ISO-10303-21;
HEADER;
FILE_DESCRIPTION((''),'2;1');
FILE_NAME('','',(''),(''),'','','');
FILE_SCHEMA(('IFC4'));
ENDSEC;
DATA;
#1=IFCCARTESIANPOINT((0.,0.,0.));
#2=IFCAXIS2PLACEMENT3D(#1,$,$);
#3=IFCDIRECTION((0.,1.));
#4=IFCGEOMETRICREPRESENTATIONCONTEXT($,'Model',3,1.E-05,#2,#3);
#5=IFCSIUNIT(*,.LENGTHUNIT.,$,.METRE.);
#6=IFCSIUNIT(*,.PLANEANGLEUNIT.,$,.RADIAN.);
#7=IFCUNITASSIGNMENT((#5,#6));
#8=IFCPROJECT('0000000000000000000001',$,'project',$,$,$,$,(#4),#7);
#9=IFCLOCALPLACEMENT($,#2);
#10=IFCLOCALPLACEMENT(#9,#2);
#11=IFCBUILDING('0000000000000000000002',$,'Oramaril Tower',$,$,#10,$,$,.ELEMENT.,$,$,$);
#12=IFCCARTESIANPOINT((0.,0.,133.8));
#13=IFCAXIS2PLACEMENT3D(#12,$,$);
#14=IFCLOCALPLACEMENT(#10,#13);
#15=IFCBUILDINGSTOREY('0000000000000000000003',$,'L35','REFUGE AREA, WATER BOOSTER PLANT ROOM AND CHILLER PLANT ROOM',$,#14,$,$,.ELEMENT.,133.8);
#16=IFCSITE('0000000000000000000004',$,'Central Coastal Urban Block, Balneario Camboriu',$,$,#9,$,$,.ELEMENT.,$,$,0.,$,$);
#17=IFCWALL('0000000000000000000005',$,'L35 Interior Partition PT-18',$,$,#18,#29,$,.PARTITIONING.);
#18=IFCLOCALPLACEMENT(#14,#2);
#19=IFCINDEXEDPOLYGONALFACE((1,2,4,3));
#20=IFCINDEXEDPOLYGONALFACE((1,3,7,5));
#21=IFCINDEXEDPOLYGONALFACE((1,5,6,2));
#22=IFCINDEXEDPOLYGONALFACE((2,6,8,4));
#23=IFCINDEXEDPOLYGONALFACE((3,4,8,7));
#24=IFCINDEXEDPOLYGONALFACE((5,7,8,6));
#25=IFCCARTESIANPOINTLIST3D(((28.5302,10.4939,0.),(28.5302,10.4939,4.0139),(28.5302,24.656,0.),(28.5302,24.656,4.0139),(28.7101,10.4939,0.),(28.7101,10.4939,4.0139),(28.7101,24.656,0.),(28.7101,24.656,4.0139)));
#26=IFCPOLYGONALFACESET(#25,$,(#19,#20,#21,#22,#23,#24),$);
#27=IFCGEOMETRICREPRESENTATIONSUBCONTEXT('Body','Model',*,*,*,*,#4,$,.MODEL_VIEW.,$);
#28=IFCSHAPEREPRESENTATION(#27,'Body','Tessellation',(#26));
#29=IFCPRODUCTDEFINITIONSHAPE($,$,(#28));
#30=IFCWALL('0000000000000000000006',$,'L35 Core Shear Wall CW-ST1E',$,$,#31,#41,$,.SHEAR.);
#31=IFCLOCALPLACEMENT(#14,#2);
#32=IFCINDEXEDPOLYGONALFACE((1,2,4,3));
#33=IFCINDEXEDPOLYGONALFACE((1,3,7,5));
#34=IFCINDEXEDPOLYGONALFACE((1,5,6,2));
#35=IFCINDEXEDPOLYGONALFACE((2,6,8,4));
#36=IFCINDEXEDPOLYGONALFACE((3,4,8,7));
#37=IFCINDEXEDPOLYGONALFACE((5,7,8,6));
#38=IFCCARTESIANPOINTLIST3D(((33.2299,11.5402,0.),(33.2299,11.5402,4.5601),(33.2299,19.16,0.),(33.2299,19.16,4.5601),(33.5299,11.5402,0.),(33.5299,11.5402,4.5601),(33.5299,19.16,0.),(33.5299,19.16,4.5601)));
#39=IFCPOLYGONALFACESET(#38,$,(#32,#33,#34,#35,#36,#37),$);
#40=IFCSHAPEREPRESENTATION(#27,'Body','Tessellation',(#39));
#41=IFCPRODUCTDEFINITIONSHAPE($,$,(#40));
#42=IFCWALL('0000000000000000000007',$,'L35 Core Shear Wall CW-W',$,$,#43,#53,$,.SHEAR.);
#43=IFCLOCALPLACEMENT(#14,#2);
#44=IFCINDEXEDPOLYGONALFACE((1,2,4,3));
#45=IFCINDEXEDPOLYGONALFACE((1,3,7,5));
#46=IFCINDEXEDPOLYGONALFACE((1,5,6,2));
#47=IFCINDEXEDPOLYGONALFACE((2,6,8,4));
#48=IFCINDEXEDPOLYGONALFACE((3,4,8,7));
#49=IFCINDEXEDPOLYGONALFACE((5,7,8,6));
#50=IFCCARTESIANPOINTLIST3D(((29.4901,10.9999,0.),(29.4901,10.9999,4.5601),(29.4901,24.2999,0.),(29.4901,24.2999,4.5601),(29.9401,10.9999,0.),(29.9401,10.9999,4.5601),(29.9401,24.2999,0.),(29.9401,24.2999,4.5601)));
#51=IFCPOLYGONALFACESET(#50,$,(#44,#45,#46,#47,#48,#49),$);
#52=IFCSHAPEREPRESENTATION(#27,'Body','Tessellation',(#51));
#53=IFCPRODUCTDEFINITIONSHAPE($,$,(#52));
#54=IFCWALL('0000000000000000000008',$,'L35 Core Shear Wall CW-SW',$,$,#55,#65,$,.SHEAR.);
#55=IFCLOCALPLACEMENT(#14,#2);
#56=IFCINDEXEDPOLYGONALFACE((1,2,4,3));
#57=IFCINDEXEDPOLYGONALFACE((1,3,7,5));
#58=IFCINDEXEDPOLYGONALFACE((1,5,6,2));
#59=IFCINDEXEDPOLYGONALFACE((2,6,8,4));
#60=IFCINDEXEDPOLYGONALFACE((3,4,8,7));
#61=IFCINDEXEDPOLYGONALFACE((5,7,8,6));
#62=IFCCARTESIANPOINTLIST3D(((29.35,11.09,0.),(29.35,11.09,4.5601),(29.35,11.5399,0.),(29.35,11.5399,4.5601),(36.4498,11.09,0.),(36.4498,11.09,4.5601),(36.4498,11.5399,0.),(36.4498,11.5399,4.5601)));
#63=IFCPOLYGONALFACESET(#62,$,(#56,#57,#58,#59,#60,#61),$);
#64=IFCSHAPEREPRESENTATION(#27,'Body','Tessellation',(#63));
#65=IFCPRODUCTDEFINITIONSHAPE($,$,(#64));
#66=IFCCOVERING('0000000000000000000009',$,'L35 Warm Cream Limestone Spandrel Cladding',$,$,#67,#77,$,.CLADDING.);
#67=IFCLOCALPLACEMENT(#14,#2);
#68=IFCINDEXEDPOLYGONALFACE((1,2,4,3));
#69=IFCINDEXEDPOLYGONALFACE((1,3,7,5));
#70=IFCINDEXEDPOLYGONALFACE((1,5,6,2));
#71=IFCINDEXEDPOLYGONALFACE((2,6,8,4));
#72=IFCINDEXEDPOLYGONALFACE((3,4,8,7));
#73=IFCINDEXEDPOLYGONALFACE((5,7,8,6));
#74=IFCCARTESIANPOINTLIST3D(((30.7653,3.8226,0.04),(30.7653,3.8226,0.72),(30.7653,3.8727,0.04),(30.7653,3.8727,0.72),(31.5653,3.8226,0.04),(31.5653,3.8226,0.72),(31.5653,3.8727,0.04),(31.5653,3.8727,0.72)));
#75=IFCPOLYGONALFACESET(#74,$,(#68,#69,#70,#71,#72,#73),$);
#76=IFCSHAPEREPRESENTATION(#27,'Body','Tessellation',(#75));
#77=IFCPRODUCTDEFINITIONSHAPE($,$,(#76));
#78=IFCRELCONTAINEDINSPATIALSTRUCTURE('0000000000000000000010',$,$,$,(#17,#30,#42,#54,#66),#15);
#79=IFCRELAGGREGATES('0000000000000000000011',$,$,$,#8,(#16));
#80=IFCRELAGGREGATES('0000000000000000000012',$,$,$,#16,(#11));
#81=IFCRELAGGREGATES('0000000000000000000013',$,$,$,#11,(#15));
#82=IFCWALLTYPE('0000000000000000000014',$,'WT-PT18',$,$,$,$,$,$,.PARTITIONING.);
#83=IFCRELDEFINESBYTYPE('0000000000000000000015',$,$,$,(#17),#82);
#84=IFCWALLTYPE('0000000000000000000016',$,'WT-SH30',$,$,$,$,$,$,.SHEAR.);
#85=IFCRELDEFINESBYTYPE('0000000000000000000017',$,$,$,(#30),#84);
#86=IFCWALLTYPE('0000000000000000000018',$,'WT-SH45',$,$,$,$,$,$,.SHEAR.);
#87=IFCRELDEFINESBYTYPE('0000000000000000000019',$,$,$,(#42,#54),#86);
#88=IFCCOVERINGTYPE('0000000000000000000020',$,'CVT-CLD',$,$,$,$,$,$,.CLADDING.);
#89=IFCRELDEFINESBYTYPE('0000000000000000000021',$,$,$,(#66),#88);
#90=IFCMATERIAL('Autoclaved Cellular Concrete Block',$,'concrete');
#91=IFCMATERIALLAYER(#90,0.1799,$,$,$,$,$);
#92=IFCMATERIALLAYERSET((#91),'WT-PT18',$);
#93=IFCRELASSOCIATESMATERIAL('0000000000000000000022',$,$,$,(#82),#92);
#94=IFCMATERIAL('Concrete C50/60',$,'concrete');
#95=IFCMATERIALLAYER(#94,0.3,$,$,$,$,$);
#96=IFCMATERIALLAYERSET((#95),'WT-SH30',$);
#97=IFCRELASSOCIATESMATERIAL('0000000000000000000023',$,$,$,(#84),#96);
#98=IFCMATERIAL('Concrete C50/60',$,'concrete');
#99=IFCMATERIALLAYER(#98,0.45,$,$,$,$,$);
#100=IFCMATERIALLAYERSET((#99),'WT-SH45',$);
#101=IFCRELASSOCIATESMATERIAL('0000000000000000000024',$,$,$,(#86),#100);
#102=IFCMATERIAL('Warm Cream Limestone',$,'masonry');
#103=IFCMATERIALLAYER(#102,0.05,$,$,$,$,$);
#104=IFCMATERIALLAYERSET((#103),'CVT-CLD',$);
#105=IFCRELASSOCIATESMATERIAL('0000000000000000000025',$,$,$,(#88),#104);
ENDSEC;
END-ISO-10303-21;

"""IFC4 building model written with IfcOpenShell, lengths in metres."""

from ifc_helpers import new_model, si_unit, direction, frame, frame_2d, origin, origin_2d, place, context, subcontext, project, spatial, rectangle, extrude, material, layer, layer_set, type_object, element, save


model = new_model("IFC4")

# Units and contexts
model_context = context("Model", 3, precision=1e-05, world=origin(), true_north=direction((0.0, 1.0)))
body_context = subcontext(model_context, "Body", "Model", "MODEL_VIEW")
ifc_project = project(units=[si_unit("LENGTHUNIT", "METRE"), si_unit("PLANEANGLEUNIT", "RADIAN")], contexts=[model_context])

# Site, building, storey
site_placement = place(None, origin())
site = spatial("IfcSite", under=ifc_project, at=site_placement, Name="Central Coastal Urban Block, Balneario Camboriu", CompositionType="ELEMENT", RefElevation=0.0)
building_placement = place(site_placement, origin())
building = spatial("IfcBuilding", under=site, at=building_placement, Name="Oramaril Tower", CompositionType="ELEMENT")
storey_placement = place(building_placement, frame((0.0, 0.0, 133.8)))
storey = spatial("IfcBuildingStorey", under=building, at=storey_placement, Name="L35", Description="REFUGE AREA, WATER BOOSTER PLANT ROOM AND CHILLER PLANT ROOM", CompositionType="ELEMENT", Elevation=133.8)

# Walls
ifc_material_1 = material(Name="Autoclaved Cellular Concrete Block", Category="concrete")
ifc_layer_1 = layer(ifc_material_1, 0.1799)
ifc_layer_set_1 = layer_set([ifc_layer_1], Name="WT-PT18")
wall_type_1 = type_object("IfcWallType", Name="WT-PT18", PredefinedType="PARTITIONING", material=ifc_layer_set_1)
wall_1_placement = place(storey_placement, frame((28.6201, 10.4939, 0.0), z_axis=(0.0, 0.0, 1.0), x_axis=(0.0, 1.0, 0.0)))
element("IfcWall", 1, at=wall_1_placement, inside=storey, type_object=wall_type_1, Name="L35 Interior Partition PT-18", PredefinedType="PARTITIONING", context=body_context, shape_type="SweptSolid", body=[
    extrude(rectangle(XDim=14.1621, YDim=0.1799, at=frame_2d((7.0811, 0.0))), origin(), (0.0, 0.0, 1.0), 4.0139),
])
ifc_material_2 = material(Name="Concrete C50/60", Category="concrete")
ifc_layer_2 = layer(ifc_material_2, 0.3)
ifc_layer_set_2 = layer_set([ifc_layer_2], Name="WT-SH30")
wall_type_2 = type_object("IfcWallType", Name="WT-SH30", PredefinedType="SHEAR", material=ifc_layer_set_2)
wall_2_placement = place(storey_placement, frame((33.3799, 11.54, 0.0), z_axis=(0.0, 0.0, 1.0), x_axis=(0.0, 1.0, 0.0)))
element("IfcWall", 2, at=wall_2_placement, inside=storey, type_object=wall_type_2, Name="L35 Core Shear Wall CW-ST1E", PredefinedType="SHEAR", context=body_context, shape_type="SweptSolid", body=[
    extrude(rectangle(XDim=7.6199, YDim=0.3, at=frame_2d((3.8101, 0.0))), origin(), (0.0, 0.0, 1.0), 4.5601),
])
ifc_material_3 = material(Name="Concrete C50/60", Category="concrete")
ifc_layer_3 = layer(ifc_material_3, 0.45)
ifc_layer_set_3 = layer_set([ifc_layer_3], Name="WT-SH45")
wall_type_3 = type_object("IfcWallType", Name="WT-SH45", PredefinedType="SHEAR", material=ifc_layer_set_3)
wall_3_placement = place(storey_placement, frame((29.7151, 11.0, 0.0), z_axis=(0.0, 0.0, 1.0), x_axis=(0.0, 1.0, 0.0)))
element("IfcWall", 3, at=wall_3_placement, inside=storey, type_object=wall_type_3, Name="L35 Core Shear Wall CW-W", PredefinedType="SHEAR", context=body_context, shape_type="SweptSolid", body=[
    extrude(rectangle(XDim=13.3, YDim=0.45, at=frame_2d((6.6499, 0.0))), origin(), (0.0, 0.0, 1.0), 4.5601),
])
wall_4_placement = place(storey_placement, frame((29.3501, 11.3149, 0.0), z_axis=(0.0, 0.0, 1.0), x_axis=(1.0, 0.0, 0.0)))
element("IfcWall", 4, at=wall_4_placement, inside=storey, type_object=wall_type_3, Name="L35 Core Shear Wall CW-SW", PredefinedType="SHEAR", context=body_context, shape_type="SweptSolid", body=[
    extrude(rectangle(XDim=7.0999, YDim=0.45, at=frame_2d((3.5498, 0.0))), origin(), (0.0, 0.0, 1.0), 4.5601),
])

# Covering
ifc_material_4 = material(Name="Warm Cream Limestone", Category="masonry")
ifc_layer_4 = layer(ifc_material_4, 0.05)
ifc_layer_set_4 = layer_set([ifc_layer_4], Name="CVT-CLD")
covering_type = type_object("IfcCoveringType", Name="CVT-CLD", PredefinedType="CLADDING", material=ifc_layer_set_4)
covering_placement = place(storey_placement, frame((31.1653, 3.8477, 0.04), z_axis=(0.0, 0.0, 1.0), x_axis=(1.0, 0.0, 0.0)))
element("IfcCovering", 5, at=covering_placement, inside=storey, type_object=covering_type, Name="L35 Warm Cream Limestone Spandrel Cladding", PredefinedType="CLADDING", context=body_context, shape_type="SweptSolid", body=[
    extrude(rectangle(XDim=0.8, YDim=0.05, at=origin_2d()), origin(), (0.0, 0.0, 1.0), 0.6799),
])

save(model, "model.ifc")
